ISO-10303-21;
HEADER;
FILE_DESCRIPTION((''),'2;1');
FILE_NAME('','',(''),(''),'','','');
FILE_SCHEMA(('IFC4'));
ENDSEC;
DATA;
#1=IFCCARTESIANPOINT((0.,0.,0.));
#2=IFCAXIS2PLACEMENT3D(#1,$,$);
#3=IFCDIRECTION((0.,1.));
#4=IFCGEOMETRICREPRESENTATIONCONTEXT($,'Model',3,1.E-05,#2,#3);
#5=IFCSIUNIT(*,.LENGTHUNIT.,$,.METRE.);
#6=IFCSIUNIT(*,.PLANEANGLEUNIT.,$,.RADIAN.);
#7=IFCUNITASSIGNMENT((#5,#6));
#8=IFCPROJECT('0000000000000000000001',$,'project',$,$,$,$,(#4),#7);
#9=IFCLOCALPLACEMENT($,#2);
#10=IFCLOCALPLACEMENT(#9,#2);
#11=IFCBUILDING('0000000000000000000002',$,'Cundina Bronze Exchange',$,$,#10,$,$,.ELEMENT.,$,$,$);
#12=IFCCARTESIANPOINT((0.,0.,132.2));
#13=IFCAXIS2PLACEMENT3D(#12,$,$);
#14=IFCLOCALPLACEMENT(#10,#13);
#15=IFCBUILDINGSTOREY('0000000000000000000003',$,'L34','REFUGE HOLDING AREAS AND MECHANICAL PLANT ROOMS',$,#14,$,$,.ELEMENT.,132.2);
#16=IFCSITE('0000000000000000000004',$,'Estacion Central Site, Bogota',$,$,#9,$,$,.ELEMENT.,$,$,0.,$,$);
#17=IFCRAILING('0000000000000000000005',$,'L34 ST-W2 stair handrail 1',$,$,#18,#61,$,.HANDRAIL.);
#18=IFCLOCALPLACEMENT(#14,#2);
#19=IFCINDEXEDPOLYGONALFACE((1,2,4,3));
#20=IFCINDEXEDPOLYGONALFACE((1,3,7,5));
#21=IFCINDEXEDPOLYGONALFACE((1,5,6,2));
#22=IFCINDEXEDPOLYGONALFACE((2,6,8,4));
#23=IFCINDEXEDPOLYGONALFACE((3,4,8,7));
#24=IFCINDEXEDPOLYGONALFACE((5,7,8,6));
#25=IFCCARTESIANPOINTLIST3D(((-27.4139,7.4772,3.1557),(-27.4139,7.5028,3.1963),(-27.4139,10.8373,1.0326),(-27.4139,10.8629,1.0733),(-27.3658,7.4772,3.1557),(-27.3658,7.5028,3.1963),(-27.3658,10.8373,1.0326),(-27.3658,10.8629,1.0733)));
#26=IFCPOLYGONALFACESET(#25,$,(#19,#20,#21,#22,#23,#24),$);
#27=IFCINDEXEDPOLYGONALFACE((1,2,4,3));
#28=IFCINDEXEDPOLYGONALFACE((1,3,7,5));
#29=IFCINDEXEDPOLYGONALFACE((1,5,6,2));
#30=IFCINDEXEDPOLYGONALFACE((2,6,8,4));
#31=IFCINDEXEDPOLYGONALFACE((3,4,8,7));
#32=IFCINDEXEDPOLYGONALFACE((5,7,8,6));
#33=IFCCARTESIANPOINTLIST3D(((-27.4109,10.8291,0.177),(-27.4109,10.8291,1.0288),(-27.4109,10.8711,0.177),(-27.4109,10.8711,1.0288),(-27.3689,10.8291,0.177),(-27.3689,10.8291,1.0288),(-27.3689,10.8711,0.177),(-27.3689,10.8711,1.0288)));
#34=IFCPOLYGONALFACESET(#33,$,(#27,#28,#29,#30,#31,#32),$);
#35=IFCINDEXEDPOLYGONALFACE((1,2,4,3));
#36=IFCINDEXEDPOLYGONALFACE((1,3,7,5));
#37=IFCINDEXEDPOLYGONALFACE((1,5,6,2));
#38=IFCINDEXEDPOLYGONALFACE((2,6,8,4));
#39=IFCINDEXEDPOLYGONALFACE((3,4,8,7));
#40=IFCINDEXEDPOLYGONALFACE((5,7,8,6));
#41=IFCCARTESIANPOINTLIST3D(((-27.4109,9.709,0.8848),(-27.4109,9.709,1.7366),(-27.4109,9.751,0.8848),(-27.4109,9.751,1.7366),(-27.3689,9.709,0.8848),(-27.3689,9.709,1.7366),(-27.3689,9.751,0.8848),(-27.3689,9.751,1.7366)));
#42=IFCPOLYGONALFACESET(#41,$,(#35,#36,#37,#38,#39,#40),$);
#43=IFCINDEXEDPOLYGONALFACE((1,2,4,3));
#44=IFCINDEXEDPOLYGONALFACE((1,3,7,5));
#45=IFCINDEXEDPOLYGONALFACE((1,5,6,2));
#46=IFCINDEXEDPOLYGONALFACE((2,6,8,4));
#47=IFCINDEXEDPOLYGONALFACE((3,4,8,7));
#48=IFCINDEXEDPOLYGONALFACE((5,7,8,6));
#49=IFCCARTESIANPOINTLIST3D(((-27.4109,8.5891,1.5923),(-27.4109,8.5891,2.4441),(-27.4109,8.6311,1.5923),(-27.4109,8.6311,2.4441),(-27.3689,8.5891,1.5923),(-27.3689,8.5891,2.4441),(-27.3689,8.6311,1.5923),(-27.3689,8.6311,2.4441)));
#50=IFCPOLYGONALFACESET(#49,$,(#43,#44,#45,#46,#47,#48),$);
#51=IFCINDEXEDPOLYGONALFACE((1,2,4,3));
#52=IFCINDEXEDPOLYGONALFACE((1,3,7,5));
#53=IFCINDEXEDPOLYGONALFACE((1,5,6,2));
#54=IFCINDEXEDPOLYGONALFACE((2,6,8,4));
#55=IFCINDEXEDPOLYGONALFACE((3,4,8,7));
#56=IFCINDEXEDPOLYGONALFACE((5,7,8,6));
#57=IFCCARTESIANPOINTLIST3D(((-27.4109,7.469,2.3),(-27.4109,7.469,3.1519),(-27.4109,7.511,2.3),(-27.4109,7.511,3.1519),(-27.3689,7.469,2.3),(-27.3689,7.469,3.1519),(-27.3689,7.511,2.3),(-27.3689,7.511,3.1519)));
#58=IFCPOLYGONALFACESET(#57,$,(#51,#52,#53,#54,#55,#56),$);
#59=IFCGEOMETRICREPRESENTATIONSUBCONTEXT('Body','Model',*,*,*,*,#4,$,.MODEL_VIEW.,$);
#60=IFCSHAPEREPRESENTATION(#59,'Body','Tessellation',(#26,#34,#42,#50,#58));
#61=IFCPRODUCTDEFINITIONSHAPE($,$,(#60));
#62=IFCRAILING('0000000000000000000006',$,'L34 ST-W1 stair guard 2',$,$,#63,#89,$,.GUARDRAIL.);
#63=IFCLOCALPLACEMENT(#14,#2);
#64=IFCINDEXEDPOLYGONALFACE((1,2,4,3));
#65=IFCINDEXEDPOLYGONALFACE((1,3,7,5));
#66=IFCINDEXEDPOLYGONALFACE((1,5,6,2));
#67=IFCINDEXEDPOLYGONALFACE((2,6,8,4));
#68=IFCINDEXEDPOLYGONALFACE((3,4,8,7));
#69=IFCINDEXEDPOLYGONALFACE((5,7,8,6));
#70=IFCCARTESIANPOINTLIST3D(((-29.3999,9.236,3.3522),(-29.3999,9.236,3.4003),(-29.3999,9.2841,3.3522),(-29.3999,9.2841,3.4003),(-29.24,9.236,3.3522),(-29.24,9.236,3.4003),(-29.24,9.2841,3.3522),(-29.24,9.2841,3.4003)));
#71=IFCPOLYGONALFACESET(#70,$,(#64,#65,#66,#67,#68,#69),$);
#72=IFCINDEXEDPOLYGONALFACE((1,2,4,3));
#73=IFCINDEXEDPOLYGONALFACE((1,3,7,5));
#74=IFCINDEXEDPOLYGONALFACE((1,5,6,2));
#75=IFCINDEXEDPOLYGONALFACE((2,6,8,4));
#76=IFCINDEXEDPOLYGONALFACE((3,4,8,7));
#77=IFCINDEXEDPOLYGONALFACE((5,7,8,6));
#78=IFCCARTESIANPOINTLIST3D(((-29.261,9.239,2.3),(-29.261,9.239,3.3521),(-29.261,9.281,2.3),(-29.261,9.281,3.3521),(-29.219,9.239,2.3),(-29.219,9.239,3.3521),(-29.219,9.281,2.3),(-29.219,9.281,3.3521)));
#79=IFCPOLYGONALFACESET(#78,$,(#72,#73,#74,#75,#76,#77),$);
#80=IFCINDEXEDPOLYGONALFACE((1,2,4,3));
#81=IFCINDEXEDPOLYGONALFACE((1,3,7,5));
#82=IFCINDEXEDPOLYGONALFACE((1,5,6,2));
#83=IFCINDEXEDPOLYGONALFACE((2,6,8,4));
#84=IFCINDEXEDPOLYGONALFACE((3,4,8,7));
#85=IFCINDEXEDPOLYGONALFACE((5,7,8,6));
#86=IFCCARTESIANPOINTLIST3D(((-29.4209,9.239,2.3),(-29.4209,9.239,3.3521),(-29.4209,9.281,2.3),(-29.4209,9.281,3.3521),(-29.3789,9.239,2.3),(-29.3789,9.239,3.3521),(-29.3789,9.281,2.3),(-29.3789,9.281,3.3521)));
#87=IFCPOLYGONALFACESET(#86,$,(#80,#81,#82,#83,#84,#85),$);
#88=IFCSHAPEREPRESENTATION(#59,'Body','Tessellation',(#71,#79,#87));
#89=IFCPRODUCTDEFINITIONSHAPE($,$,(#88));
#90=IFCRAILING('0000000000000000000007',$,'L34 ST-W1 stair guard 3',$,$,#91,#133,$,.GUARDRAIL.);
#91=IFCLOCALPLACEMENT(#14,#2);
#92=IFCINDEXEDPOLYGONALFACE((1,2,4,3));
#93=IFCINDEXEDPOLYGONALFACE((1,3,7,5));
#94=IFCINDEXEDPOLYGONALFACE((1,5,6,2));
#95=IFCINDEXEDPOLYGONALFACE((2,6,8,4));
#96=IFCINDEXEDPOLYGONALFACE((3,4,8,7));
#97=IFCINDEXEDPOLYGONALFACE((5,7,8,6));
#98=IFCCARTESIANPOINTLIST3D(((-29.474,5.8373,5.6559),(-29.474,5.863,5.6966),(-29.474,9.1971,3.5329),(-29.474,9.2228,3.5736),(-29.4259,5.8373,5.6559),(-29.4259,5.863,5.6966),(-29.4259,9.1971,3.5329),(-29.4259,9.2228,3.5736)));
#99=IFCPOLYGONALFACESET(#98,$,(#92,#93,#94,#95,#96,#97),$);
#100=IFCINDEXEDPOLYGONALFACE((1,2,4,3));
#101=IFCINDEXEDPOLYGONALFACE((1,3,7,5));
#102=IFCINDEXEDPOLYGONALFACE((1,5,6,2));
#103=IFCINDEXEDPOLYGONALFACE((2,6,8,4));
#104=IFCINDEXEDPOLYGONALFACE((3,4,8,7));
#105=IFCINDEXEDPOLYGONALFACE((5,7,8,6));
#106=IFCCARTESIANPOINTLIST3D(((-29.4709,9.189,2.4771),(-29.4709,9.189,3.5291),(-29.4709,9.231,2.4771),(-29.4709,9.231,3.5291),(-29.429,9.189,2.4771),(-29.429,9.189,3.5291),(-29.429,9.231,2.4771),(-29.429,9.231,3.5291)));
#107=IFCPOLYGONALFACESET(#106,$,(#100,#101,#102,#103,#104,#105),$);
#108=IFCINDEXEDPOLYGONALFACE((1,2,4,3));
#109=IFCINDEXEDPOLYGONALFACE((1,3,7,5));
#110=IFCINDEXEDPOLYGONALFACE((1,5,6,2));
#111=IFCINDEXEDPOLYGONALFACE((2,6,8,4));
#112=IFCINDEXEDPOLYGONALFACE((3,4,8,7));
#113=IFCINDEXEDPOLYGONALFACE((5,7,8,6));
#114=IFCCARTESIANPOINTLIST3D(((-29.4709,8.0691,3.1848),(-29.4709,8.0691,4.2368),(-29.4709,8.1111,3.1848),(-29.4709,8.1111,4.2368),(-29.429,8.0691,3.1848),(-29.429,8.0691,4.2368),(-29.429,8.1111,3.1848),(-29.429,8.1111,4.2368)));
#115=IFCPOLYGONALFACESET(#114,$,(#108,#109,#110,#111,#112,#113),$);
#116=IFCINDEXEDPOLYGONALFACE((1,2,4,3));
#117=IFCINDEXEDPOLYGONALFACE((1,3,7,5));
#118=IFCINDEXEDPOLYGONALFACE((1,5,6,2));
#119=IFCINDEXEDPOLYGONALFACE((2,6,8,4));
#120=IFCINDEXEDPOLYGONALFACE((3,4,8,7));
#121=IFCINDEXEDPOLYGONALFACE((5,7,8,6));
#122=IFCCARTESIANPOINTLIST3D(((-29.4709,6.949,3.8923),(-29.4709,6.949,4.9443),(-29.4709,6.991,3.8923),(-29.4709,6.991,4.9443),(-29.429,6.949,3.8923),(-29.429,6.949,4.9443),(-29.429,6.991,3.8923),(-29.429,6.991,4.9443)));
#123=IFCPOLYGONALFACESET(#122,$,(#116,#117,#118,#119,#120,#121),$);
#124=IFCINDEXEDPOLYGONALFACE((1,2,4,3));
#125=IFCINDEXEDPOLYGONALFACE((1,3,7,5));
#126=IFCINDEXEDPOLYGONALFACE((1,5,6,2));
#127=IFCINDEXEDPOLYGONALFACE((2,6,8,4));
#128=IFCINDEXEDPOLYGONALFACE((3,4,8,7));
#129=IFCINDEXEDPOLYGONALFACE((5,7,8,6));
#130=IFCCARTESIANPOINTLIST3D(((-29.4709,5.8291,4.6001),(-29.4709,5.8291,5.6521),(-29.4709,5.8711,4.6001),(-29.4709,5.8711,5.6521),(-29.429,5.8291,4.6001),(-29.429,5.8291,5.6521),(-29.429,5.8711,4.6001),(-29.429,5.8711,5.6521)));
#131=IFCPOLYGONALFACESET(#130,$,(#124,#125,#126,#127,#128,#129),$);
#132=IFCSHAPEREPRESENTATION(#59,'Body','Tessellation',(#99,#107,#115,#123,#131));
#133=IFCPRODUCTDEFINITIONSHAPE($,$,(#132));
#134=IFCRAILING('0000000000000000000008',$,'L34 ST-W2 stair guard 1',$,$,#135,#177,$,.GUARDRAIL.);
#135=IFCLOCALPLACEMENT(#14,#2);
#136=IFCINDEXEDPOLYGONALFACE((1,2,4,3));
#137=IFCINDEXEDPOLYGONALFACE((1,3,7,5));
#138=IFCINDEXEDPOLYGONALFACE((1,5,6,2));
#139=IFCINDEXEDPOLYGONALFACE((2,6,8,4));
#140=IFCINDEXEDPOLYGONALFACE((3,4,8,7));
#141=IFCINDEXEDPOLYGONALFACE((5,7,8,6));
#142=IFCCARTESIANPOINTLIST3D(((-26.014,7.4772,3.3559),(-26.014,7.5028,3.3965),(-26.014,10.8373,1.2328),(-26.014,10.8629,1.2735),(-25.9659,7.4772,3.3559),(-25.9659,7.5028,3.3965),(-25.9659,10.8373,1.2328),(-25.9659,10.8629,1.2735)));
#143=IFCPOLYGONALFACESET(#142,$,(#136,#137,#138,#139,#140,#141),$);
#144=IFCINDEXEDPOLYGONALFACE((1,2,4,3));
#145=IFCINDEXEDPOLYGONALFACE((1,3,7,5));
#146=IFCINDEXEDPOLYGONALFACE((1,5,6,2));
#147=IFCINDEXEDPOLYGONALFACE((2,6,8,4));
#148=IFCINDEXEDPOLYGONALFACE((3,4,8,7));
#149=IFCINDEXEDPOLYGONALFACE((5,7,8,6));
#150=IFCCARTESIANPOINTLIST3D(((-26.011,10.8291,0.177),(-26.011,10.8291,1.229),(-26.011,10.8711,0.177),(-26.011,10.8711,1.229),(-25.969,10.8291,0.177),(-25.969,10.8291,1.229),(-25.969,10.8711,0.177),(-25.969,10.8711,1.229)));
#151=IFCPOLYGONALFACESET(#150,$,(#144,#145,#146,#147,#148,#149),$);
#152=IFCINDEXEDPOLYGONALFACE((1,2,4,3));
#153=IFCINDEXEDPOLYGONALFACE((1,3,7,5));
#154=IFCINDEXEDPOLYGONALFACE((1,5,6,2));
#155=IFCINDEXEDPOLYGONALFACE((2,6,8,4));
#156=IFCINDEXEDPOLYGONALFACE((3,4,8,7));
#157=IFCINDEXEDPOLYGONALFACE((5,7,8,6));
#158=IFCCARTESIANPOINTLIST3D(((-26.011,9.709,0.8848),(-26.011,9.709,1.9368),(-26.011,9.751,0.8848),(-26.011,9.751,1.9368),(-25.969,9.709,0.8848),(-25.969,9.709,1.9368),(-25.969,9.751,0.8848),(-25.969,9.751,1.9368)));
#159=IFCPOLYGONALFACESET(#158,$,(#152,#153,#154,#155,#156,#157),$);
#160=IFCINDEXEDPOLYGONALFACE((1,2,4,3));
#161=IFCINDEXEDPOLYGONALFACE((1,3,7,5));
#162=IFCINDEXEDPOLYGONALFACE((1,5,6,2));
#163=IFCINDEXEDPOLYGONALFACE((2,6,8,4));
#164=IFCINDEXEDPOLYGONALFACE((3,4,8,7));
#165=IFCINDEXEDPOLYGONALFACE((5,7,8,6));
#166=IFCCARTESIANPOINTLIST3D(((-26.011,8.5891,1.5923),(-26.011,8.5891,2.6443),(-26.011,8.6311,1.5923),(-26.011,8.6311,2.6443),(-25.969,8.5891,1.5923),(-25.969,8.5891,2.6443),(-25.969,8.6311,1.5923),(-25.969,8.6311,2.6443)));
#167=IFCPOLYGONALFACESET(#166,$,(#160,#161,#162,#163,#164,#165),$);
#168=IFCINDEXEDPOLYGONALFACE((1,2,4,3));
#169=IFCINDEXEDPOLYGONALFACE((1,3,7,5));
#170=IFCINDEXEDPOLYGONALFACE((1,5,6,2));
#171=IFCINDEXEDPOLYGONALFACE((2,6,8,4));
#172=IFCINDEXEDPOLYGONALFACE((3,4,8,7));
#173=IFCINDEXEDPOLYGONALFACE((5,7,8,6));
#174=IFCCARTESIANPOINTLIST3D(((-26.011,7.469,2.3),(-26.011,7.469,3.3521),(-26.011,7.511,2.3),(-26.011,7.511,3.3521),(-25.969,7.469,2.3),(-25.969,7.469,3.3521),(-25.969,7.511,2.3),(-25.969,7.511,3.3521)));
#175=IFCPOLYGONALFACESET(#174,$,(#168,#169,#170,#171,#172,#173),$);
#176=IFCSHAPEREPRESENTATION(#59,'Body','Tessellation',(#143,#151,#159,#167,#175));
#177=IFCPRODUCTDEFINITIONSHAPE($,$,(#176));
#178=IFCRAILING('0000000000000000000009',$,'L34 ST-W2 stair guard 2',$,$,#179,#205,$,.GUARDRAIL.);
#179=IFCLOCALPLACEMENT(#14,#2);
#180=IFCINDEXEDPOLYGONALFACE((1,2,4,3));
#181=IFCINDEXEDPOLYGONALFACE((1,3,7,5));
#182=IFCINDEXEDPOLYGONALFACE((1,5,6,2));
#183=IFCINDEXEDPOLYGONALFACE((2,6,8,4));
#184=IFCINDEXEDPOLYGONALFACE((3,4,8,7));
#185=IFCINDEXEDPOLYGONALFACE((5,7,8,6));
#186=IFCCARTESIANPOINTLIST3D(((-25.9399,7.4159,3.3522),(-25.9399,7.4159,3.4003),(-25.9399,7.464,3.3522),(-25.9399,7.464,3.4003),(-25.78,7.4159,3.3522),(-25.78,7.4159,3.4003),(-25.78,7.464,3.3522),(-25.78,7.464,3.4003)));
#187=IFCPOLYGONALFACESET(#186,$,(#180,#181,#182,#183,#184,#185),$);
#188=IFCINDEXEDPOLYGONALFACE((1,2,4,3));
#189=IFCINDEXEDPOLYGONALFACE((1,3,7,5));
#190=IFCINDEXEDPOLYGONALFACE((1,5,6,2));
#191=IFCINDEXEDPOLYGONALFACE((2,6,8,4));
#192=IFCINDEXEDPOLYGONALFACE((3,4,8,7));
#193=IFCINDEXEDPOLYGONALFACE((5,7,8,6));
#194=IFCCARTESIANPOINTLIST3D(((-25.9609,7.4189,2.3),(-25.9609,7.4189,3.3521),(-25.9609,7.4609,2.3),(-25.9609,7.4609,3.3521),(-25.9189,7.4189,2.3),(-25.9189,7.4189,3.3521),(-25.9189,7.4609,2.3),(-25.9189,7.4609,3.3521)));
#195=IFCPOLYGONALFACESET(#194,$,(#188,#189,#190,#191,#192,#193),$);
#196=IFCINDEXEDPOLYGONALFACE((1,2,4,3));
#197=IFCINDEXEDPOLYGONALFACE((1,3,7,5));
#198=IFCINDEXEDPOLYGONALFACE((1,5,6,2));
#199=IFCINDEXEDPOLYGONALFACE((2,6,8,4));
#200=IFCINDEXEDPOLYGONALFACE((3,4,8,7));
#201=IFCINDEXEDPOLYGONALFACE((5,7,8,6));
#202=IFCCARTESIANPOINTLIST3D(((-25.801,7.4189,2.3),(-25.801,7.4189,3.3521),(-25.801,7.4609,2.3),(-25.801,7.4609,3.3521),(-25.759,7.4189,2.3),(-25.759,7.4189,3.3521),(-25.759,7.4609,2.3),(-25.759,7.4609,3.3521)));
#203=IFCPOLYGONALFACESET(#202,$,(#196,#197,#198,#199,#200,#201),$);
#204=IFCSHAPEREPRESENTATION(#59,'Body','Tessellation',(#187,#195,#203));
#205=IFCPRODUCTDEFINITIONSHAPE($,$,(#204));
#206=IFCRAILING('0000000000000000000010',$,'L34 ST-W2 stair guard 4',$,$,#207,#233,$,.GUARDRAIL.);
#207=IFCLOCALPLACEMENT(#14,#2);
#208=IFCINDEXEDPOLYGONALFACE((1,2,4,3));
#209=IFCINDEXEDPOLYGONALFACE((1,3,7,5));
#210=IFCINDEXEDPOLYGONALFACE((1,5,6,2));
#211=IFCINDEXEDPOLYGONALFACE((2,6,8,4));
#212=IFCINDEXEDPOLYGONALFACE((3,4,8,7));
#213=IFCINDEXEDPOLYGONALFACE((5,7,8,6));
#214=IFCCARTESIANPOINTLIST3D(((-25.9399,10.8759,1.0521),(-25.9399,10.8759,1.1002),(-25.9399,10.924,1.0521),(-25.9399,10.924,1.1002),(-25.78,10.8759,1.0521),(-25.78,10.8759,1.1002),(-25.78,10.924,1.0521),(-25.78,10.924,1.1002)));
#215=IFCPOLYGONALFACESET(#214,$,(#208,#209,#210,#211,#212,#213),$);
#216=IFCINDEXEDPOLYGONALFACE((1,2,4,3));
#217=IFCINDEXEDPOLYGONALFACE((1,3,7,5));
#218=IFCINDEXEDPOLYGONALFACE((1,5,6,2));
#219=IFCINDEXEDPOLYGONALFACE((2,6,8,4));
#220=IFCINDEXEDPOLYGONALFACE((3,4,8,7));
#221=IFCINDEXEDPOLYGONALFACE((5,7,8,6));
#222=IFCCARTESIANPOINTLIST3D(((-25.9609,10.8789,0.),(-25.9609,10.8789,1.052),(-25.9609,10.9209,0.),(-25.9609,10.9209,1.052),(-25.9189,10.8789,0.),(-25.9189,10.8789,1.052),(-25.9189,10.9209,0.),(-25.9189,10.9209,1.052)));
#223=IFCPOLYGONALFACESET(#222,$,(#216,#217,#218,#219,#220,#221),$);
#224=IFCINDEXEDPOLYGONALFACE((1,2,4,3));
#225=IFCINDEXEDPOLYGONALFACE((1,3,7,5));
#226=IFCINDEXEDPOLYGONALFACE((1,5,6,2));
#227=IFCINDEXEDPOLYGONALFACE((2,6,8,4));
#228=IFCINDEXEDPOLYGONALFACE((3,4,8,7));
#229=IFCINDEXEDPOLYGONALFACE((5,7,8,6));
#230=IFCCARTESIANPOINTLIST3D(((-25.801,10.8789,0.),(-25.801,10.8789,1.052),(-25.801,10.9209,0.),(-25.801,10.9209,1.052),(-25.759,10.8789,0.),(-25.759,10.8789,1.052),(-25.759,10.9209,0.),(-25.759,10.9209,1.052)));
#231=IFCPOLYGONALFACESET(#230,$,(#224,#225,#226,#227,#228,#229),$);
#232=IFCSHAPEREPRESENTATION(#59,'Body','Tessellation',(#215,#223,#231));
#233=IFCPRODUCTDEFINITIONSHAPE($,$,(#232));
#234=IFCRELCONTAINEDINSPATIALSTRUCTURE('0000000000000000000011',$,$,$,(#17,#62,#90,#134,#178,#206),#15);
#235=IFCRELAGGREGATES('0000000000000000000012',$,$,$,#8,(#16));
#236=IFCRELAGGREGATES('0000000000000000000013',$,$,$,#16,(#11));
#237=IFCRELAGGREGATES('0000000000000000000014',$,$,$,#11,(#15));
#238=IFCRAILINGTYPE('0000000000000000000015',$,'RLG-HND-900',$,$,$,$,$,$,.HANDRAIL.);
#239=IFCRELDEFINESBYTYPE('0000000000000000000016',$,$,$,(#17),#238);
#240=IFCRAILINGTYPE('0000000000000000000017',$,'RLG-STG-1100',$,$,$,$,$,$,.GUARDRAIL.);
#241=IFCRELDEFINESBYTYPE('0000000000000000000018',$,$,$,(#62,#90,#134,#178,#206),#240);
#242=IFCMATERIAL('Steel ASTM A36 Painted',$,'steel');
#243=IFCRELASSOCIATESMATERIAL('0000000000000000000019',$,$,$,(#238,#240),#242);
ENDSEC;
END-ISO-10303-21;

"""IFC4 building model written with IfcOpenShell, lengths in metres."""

from ifc_helpers import new_model, si_unit, direction, frame, origin, origin_2d, place, context, subcontext, project, spatial, rectangle, extrude, material, type_object, element, save


model = new_model("IFC4")

# Units and contexts
model_context = context("Model", 3, precision=1e-05, world=origin(), true_north=direction((0.0, 1.0)))
body_context = subcontext(model_context, "Body", "Model", "MODEL_VIEW")
ifc_project = project(units=[si_unit("LENGTHUNIT", "METRE"), si_unit("PLANEANGLEUNIT", "RADIAN")], contexts=[model_context])

# Site, building, storey
site_placement = place(None, origin())
site = spatial("IfcSite", under=ifc_project, at=site_placement, Name="Estacion Central Site, Bogota", CompositionType="ELEMENT", RefElevation=0.0)
building_placement = place(site_placement, origin())
building = spatial("IfcBuilding", under=site, at=building_placement, Name="Cundina Bronze Exchange", CompositionType="ELEMENT")
storey_placement = place(building_placement, frame((0.0, 0.0, 132.2)))
storey = spatial("IfcBuildingStorey", under=building, at=storey_placement, Name="L34", Description="REFUGE HOLDING AREAS AND MECHANICAL PLANT ROOMS", CompositionType="ELEMENT", Elevation=132.2)

# Shared definitions
ifc_material_1 = material(Name="Steel ASTM A36 Painted", Category="steel")

# Railings
railing_type_1 = type_object("IfcRailingType", Name="RLG-HND-900", PredefinedType="HANDRAIL", material=ifc_material_1)
railing_1_placement = place(storey_placement, frame((-27.3899, 10.8501, 0.177)))
element("IfcRailing", 1, at=railing_1_placement, inside=storey, type_object=railing_type_1, Name="L34 ST-W2 stair handrail 1", PredefinedType="HANDRAIL", context=body_context, shape_type="SweptSolid", body=[
    extrude(rectangle(XDim=0.0481, YDim=0.0481, at=origin_2d()), frame((0.0, 0.0, 0.876), z_axis=(0.0, -0.84539, 0.53415), x_axis=(1.0, 0.0, 0.0)), (0.0, 0.0, 1.0), 3.9746),
    extrude(rectangle(XDim=0.042, YDim=0.042, at=origin_2d()), origin(), (0.0, 0.0, 1.0), 0.8518),
    extrude(rectangle(XDim=0.042, YDim=0.042, at=origin_2d()), frame((0.0, -1.1201, 0.7078)), (0.0, 0.0, 1.0), 0.8518),
    extrude(rectangle(XDim=0.042, YDim=0.042, at=origin_2d()), frame((0.0, -2.24, 1.4153)), (0.0, 0.0, 1.0), 0.8518),
    extrude(rectangle(XDim=0.042, YDim=0.042, at=origin_2d()), frame((0.0, -3.3601, 2.123)), (0.0, 0.0, 1.0), 0.8518),
])
railing_type_2 = type_object("IfcRailingType", Name="RLG-STG-1100", PredefinedType="GUARDRAIL", material=ifc_material_1)
railing_2_placement = place(storey_placement, frame((-29.24, 9.26, 2.3)))
element("IfcRailing", 2, at=railing_2_placement, inside=storey, type_object=railing_type_2, Name="L34 ST-W1 stair guard 2", PredefinedType="GUARDRAIL", context=body_context, shape_type="SweptSolid", body=[
    extrude(rectangle(XDim=0.0481, YDim=0.0481, at=origin_2d()), frame((0.0, 0.0, 1.0762), z_axis=(-1.0, 0.0, 0.0), x_axis=(0.0, -1.0, 0.0)), (0.0, 0.0, 1.0), 0.1599),
    extrude(rectangle(XDim=0.042, YDim=0.042, at=origin_2d()), origin(), (0.0, 0.0, 1.0), 1.052),
    extrude(rectangle(XDim=0.042, YDim=0.042, at=origin_2d()), frame((-0.1599, 0.0, 0.0)), (0.0, 0.0, 1.0), 1.052),
])
railing_3_placement = place(storey_placement, frame((-29.45, 9.21, 2.4771)))
element("IfcRailing", 3, at=railing_3_placement, inside=storey, type_object=railing_type_2, Name="L34 ST-W1 stair guard 3", PredefinedType="GUARDRAIL", context=body_context, shape_type="SweptSolid", body=[
    extrude(rectangle(XDim=0.0481, YDim=0.0481, at=origin_2d()), frame((0.0, 0.0, 1.0762), z_axis=(0.0, -0.845372, 0.534178), x_axis=(1.0, 0.0, 0.0)), (0.0, 0.0, 1.0), 3.9744),
    extrude(rectangle(XDim=0.042, YDim=0.042, at=origin_2d()), origin(), (0.0, 0.0, 1.0), 1.052),
    extrude(rectangle(XDim=0.042, YDim=0.042, at=origin_2d()), frame((0.0, -1.1199, 0.7078)), (0.0, 0.0, 1.0), 1.052),
    extrude(rectangle(XDim=0.042, YDim=0.042, at=origin_2d()), frame((0.0, -2.24, 1.4153)), (0.0, 0.0, 1.0), 1.052),
    extrude(rectangle(XDim=0.042, YDim=0.042, at=origin_2d()), frame((0.0, -3.3599, 2.123)), (0.0, 0.0, 1.0), 1.052),
])
railing_4_placement = place(storey_placement, frame((-25.99, 10.8501, 0.177)))
element("IfcRailing", 4, at=railing_4_placement, inside=storey, type_object=railing_type_2, Name="L34 ST-W2 stair guard 1", PredefinedType="GUARDRAIL", context=body_context, shape_type="SweptSolid", body=[
    extrude(rectangle(XDim=0.0481, YDim=0.0481, at=origin_2d()), frame((0.0, 0.0, 1.0762), z_axis=(0.0, -0.84539, 0.53415), x_axis=(1.0, 0.0, 0.0)), (0.0, 0.0, 1.0), 3.9746),
    extrude(rectangle(XDim=0.042, YDim=0.042, at=origin_2d()), origin(), (0.0, 0.0, 1.0), 1.052),
    extrude(rectangle(XDim=0.042, YDim=0.042, at=origin_2d()), frame((0.0, -1.1201, 0.7078)), (0.0, 0.0, 1.0), 1.052),
    extrude(rectangle(XDim=0.042, YDim=0.042, at=origin_2d()), frame((0.0, -2.24, 1.4153)), (0.0, 0.0, 1.0), 1.052),
    extrude(rectangle(XDim=0.042, YDim=0.042, at=origin_2d()), frame((0.0, -3.3601, 2.123)), (0.0, 0.0, 1.0), 1.052),
])
for number, where, name in (
    (5, (-25.9399, 7.4399, 2.3), "L34 ST-W2 stair guard 2"),
    (6, (-25.9399, 10.8999, 0.0), "L34 ST-W2 stair guard 4"),
):
    element("IfcRailing", number, at=place(storey_placement, frame(where)), inside=storey, type_object=railing_type_2, Name=name, PredefinedType="GUARDRAIL", context=body_context, shape_type="SweptSolid", body=[
        extrude(rectangle(XDim=0.0481, YDim=0.0481, at=origin_2d()), frame((0.0, 0.0, 1.0762), z_axis=(1.0, 0.0, 0.0), x_axis=(0.0, 1.0, 0.0)), (0.0, 0.0, 1.0), 0.1599),
        extrude(rectangle(XDim=0.042, YDim=0.042, at=origin_2d()), origin(), (0.0, 0.0, 1.0), 1.052),
        extrude(rectangle(XDim=0.042, YDim=0.042, at=origin_2d()), frame((0.1599, 0.0, 0.0)), (0.0, 0.0, 1.0), 1.052),
    ])

save(model, "model.ifc")
